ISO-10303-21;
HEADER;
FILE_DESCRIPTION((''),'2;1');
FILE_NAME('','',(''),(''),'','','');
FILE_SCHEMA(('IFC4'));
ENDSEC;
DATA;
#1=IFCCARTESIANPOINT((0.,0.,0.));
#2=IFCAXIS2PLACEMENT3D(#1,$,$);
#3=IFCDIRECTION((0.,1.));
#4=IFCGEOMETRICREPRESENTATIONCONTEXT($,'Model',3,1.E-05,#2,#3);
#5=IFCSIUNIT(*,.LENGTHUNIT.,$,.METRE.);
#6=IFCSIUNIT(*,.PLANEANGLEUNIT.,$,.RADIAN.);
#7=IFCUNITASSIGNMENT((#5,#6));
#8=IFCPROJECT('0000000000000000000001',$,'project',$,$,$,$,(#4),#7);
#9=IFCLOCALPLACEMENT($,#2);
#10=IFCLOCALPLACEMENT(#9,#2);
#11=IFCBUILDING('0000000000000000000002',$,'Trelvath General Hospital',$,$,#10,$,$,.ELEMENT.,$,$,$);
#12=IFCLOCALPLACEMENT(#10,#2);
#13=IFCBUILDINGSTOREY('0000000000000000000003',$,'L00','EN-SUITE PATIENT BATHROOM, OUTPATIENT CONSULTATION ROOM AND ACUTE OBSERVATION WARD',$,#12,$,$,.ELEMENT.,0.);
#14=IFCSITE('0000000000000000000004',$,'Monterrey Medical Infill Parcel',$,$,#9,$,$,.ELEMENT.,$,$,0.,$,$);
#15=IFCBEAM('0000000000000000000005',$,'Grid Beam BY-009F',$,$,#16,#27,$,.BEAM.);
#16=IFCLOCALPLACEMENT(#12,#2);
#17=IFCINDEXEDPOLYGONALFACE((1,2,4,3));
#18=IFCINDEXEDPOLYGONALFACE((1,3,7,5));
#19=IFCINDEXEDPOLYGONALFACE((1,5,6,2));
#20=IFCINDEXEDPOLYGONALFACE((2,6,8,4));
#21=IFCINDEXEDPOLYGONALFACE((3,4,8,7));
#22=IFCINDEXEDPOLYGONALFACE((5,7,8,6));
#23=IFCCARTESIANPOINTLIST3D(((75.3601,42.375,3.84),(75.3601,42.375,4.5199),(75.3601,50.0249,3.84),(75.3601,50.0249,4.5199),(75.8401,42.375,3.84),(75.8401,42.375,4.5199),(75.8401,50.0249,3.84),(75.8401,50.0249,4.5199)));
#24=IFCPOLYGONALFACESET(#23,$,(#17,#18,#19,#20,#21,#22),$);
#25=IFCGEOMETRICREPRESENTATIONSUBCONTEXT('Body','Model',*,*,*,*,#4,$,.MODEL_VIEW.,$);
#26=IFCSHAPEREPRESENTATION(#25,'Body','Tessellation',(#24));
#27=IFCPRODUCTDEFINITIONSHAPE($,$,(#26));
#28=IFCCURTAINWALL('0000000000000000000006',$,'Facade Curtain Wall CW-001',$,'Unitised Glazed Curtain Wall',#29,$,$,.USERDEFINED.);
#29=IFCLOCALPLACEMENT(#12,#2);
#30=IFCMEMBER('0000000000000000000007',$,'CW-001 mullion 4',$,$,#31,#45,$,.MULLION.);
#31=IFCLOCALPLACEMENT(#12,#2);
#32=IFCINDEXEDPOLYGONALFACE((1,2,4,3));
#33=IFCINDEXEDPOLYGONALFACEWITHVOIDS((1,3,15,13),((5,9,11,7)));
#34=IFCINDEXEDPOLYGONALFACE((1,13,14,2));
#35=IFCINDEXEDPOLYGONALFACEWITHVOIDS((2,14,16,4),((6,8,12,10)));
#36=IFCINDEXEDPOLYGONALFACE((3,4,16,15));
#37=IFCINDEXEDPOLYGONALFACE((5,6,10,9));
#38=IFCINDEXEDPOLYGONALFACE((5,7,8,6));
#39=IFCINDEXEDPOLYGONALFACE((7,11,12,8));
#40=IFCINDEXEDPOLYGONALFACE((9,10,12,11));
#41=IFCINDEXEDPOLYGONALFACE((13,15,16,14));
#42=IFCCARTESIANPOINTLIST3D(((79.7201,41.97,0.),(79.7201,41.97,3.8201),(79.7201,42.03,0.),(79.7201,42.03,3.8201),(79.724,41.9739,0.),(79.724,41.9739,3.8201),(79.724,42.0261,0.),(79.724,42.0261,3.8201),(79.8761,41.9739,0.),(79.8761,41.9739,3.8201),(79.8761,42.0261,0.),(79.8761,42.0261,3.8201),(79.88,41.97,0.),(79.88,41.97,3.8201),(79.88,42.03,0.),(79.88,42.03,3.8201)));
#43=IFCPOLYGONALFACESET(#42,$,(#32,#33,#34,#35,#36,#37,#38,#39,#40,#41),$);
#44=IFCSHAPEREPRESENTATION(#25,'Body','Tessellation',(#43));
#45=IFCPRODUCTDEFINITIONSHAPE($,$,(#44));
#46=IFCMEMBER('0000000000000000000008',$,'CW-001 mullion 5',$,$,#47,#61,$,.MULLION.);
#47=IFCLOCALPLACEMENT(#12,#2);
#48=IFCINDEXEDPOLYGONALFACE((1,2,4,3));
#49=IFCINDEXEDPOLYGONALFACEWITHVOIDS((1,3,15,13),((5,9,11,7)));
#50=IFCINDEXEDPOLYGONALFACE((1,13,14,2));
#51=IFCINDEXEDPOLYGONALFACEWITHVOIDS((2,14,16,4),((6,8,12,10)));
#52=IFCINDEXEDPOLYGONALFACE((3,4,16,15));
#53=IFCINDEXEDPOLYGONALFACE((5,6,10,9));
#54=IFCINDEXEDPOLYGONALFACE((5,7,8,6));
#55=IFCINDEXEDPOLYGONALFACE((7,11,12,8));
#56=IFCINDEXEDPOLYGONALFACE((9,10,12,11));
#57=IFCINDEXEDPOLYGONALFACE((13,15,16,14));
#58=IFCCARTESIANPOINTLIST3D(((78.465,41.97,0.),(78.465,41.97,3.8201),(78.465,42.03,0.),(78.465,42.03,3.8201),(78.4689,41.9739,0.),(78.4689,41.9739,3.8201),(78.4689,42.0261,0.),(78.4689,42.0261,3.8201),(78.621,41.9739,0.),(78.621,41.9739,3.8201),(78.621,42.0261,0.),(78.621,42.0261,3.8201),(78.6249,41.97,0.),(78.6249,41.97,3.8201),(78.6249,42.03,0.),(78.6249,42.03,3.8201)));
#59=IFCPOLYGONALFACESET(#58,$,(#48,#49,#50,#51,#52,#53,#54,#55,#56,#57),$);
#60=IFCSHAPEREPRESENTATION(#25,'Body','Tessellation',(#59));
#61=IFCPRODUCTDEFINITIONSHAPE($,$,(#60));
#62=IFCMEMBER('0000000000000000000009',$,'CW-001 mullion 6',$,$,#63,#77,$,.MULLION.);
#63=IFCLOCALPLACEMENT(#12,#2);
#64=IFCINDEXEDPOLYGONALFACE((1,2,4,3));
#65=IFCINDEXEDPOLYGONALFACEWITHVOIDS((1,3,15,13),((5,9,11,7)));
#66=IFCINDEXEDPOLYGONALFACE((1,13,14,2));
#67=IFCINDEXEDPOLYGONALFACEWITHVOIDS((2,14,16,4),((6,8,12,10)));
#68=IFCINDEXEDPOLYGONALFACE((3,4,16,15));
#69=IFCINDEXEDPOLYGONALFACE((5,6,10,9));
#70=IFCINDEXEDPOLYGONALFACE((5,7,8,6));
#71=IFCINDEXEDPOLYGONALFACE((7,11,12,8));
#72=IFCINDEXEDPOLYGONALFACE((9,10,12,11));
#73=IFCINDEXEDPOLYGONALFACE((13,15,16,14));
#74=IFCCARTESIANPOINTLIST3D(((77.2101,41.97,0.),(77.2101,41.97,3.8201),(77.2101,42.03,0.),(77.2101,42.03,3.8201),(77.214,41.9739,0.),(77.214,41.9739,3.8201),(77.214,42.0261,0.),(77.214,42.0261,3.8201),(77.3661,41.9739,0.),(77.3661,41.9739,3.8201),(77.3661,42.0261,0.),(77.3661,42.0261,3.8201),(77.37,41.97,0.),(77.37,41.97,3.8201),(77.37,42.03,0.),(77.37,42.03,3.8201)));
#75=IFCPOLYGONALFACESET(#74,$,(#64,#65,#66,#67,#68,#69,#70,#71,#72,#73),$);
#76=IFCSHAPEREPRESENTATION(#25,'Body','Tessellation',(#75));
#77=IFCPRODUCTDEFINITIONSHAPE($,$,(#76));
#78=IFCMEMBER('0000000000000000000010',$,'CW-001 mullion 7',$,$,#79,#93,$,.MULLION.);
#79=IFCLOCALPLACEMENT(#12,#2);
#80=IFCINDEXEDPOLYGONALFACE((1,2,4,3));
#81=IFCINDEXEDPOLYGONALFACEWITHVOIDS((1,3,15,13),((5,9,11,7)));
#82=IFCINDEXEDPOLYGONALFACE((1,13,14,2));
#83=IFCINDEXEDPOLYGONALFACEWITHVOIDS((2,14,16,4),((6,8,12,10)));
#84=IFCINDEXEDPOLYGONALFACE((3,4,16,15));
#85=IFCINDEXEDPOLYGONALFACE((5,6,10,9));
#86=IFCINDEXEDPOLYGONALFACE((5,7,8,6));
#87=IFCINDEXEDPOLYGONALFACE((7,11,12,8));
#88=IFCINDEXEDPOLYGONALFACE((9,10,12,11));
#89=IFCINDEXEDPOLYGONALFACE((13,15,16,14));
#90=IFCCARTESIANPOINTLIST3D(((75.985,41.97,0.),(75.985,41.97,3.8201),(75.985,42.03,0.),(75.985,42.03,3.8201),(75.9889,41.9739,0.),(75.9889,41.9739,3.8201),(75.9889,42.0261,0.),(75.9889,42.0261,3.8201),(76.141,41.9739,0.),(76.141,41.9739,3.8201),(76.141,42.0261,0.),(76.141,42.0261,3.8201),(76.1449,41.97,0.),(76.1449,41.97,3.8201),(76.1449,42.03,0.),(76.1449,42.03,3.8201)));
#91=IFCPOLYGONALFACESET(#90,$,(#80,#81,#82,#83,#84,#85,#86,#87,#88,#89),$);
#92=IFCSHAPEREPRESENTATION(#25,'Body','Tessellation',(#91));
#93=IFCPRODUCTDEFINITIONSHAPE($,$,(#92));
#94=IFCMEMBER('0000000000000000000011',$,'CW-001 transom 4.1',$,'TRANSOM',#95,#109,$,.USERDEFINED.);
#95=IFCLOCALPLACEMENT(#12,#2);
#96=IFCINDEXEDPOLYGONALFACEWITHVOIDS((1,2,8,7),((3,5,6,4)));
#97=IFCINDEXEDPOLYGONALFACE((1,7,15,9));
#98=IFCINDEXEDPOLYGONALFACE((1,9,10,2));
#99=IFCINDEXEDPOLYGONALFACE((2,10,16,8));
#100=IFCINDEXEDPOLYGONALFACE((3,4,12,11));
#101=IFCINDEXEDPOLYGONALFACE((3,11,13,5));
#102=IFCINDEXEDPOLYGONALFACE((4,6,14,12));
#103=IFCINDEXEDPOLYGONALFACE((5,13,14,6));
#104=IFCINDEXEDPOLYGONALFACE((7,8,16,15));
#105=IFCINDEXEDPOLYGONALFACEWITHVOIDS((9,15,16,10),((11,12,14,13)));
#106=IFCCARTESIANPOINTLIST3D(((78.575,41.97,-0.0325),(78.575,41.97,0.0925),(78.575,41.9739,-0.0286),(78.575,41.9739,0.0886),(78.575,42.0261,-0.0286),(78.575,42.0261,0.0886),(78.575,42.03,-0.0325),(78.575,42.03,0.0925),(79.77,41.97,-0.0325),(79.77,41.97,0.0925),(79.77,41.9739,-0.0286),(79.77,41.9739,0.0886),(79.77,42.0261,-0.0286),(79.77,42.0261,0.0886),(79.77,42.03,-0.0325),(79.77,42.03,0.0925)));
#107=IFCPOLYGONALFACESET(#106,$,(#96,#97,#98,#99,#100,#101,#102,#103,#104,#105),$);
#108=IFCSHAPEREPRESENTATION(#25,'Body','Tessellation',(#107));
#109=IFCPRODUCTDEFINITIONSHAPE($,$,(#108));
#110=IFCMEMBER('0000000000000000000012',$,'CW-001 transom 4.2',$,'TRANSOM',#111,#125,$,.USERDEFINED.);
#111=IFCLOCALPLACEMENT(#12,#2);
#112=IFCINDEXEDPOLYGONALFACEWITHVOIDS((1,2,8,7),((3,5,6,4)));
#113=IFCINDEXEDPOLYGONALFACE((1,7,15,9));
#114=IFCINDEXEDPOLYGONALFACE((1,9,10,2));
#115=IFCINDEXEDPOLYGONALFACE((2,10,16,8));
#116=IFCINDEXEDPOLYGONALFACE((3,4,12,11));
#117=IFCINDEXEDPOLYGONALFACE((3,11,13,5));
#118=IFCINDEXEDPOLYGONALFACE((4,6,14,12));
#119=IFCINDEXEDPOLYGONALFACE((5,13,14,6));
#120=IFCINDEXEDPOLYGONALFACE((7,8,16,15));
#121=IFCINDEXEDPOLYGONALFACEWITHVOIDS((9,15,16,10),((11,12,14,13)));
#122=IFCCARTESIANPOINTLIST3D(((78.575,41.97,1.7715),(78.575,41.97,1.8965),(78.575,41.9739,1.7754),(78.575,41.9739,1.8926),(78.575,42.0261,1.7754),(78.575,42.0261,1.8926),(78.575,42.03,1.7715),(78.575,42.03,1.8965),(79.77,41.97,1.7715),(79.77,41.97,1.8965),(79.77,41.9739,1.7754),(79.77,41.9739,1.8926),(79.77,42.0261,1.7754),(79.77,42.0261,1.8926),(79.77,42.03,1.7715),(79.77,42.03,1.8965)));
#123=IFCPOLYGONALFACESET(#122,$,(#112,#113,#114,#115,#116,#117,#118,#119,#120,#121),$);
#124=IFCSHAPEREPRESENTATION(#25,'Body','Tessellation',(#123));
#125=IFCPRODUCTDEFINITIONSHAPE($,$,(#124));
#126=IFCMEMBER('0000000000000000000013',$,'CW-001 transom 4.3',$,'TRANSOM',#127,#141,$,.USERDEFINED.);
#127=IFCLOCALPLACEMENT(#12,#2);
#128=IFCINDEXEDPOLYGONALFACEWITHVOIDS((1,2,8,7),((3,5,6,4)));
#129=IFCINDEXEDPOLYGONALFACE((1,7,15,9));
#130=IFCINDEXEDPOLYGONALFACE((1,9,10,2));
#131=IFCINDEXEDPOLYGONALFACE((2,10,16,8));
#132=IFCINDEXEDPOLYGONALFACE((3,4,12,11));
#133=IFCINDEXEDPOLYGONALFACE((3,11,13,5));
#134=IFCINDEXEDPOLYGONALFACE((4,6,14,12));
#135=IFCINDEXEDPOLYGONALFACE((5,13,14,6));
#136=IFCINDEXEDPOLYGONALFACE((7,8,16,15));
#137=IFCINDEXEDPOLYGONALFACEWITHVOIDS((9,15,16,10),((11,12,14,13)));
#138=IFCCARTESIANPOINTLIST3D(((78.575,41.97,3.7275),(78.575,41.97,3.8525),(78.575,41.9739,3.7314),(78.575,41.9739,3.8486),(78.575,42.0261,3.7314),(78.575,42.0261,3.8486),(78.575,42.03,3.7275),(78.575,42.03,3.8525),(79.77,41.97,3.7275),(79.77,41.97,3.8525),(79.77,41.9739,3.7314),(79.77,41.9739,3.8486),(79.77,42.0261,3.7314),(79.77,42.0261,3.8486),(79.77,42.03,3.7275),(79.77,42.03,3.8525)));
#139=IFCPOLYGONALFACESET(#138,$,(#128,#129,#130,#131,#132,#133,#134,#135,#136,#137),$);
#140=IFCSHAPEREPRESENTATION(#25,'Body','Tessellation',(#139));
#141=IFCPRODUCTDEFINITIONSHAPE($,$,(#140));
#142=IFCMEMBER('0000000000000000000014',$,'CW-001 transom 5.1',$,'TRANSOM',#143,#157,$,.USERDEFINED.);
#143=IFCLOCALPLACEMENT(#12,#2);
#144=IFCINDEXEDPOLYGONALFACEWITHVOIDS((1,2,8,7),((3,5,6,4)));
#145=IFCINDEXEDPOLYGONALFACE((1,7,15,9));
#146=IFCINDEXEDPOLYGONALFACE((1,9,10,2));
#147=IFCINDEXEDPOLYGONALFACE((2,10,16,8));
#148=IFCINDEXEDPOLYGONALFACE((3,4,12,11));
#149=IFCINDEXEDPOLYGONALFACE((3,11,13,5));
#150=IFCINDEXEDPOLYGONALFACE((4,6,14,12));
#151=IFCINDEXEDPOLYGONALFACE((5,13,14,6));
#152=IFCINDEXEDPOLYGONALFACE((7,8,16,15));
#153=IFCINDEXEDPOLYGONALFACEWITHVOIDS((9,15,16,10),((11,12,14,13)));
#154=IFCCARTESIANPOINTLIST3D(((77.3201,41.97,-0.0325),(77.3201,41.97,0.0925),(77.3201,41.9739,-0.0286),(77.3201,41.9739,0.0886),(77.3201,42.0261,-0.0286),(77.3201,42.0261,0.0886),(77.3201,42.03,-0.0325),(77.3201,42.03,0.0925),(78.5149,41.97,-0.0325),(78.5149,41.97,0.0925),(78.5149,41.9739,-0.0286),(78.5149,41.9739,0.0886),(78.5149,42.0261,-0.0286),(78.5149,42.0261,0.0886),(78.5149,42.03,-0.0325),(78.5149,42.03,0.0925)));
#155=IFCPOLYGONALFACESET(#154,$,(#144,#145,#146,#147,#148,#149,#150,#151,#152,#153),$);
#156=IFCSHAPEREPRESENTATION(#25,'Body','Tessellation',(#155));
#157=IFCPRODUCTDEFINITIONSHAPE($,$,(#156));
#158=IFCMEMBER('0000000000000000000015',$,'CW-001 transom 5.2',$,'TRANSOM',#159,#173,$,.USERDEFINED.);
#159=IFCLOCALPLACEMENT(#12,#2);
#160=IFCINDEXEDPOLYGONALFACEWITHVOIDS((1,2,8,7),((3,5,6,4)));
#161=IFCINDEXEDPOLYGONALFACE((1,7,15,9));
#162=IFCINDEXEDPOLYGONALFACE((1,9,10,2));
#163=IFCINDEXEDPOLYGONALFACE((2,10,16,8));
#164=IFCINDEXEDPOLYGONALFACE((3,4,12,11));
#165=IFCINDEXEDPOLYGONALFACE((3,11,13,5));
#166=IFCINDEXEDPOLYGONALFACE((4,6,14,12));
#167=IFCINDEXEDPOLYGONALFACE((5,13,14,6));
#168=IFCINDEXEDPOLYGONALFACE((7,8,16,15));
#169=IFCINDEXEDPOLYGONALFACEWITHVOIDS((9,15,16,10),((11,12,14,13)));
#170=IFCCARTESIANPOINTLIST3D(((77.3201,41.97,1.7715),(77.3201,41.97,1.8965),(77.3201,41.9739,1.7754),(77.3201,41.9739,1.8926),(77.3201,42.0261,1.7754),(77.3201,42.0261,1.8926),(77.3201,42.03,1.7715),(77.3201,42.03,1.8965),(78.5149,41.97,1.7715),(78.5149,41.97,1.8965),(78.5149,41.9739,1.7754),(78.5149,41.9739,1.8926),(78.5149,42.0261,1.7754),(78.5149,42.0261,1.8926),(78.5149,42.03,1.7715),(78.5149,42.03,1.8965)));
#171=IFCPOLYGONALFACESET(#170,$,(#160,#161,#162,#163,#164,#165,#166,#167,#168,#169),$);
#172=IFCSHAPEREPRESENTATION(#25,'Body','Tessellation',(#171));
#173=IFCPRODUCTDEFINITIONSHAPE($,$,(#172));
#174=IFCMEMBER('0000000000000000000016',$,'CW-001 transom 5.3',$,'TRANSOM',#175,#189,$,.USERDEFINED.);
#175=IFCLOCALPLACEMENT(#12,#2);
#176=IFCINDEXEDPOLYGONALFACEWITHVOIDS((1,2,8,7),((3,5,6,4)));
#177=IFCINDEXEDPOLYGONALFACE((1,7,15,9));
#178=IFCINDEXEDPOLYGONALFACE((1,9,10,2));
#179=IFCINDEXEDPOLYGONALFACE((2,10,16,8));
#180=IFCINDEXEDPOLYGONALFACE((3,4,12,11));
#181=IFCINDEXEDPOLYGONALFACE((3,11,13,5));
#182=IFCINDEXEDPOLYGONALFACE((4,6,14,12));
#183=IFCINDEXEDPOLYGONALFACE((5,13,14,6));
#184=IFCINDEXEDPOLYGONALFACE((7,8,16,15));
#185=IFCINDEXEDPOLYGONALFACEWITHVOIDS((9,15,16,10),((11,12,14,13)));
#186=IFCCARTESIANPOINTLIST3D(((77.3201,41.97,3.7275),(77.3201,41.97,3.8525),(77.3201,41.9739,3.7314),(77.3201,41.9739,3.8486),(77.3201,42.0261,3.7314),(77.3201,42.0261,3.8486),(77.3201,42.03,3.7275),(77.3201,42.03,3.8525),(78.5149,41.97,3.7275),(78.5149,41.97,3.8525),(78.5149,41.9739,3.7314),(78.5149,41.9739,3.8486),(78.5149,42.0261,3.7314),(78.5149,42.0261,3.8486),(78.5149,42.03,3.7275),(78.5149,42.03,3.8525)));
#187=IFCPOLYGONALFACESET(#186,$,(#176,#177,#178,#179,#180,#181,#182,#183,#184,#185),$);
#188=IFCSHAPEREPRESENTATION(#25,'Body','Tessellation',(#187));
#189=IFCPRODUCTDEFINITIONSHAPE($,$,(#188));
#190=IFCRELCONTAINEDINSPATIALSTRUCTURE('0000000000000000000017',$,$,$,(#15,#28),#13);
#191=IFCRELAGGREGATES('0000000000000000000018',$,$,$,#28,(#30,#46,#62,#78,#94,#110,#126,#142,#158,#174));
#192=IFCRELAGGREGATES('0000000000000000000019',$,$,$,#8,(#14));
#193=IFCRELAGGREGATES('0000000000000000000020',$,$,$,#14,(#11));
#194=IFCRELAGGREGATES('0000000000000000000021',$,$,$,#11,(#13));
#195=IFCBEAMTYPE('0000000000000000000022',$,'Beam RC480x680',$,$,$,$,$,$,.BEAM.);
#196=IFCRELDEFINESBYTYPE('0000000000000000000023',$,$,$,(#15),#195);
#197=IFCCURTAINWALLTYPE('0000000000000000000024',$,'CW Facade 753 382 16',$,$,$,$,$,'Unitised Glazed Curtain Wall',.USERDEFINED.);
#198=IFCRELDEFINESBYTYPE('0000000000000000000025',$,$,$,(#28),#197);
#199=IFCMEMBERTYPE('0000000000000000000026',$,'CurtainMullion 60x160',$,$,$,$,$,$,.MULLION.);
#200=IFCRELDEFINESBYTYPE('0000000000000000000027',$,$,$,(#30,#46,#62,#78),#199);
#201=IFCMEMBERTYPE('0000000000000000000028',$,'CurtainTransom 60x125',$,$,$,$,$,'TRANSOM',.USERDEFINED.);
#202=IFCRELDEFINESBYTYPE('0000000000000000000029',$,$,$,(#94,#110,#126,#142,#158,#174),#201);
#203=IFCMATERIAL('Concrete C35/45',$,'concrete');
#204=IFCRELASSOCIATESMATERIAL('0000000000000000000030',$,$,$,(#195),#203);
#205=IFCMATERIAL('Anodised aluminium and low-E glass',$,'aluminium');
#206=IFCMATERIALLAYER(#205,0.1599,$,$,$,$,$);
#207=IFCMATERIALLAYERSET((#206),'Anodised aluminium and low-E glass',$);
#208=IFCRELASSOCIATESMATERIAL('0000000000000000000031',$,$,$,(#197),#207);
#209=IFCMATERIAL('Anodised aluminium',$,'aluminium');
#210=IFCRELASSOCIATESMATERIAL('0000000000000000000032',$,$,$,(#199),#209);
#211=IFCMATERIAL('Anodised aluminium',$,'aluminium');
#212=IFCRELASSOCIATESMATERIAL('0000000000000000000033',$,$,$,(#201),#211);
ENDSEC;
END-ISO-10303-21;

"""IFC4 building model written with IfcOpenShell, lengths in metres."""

from ifc_helpers import new_model, si_unit, direction, frame, origin, origin_2d, place, context, subcontext, project, spatial, rectangle, hollow_rectangle, extrude, material, layer, layer_set, material_profile, profile_set, type_object, element, aggregate, save


model = new_model("IFC4")

# Units and contexts
model_context = context("Model", 3, precision=1e-05, world=origin(), true_north=direction((0.0, 1.0)))
body_context = subcontext(model_context, "Body", "Model", "MODEL_VIEW")
ifc_project = project(units=[si_unit("LENGTHUNIT", "METRE"), si_unit("PLANEANGLEUNIT", "RADIAN")], contexts=[model_context])

# Site, building, storey
site_placement = place(None, origin())
site = spatial("IfcSite", under=ifc_project, at=site_placement, Name="Monterrey Medical Infill Parcel", CompositionType="ELEMENT", RefElevation=0.0)
building_placement = place(site_placement, origin())
building = spatial("IfcBuilding", under=site, at=building_placement, Name="Trelvath General Hospital", CompositionType="ELEMENT")
storey_placement = place(building_placement, origin())
storey = spatial("IfcBuildingStorey", under=building, at=storey_placement, Name="L00", Description="EN-SUITE PATIENT BATHROOM, OUTPATIENT CONSULTATION ROOM AND ACUTE OBSERVATION WARD", CompositionType="ELEMENT", Elevation=0.0)

# Beam
ifc_material_1 = material(Name="Concrete C35/45", Category="concrete")
ifc_material_profile_1 = material_profile(ifc_material_1, rectangle(XDim=0.48, YDim=0.6799, at=origin_2d()), Name="RCB480x680")
ifc_profile_set_1 = profile_set([ifc_material_profile_1], Name="Concrete C35/45")
beam_type = type_object("IfcBeamType", Name="Beam RC480x680", PredefinedType="BEAM", material=ifc_profile_set_1)
beam_placement = place(storey_placement, frame((75.6001, 42.375, 4.1799), z_axis=(0.0, 1.0, 0.0), x_axis=(-1.0, 0.0, 0.0)))
element("IfcBeam", 1, at=beam_placement, inside=storey, type_object=beam_type, Name="Grid Beam BY-009F", PredefinedType="BEAM", context=body_context, shape_type="SweptSolid", body=[
    extrude(rectangle(XDim=0.48, YDim=0.6799, at=origin_2d()), origin(), (0.0, 0.0, 1.0), 7.6499),
])

# Curtain wall, members
ifc_material_2 = material(Name="Anodised aluminium and low-E glass", Category="aluminium")
ifc_layer_1 = layer(ifc_material_2, 0.1599)
ifc_layer_set_1 = layer_set([ifc_layer_1], Name="Anodised aluminium and low-E glass")
curtain_wall_type = type_object("IfcCurtainWallType", Name="CW Facade 753 382 16", ElementType="Unitised Glazed Curtain Wall", PredefinedType="USERDEFINED", material=ifc_layer_set_1)
curtain_wall_placement = place(storey_placement, origin())
curtain_wall = element("IfcCurtainWall", 2, at=curtain_wall_placement, inside=storey, type_object=curtain_wall_type, Name="Facade Curtain Wall CW-001", ObjectType="Unitised Glazed Curtain Wall", PredefinedType="USERDEFINED")
ifc_material_3 = material(Name="Anodised aluminium", Category="aluminium")
ifc_material_profile_2 = material_profile(ifc_material_3, hollow_rectangle(XDim=0.0601, YDim=0.1599, WallThickness=0.0039, at=origin_2d()), Name="RHS60x160x4")
ifc_profile_set_2 = profile_set([ifc_material_profile_2], Name="Anodised aluminium")
member_type_1 = type_object("IfcMemberType", Name="CurtainMullion 60x160", PredefinedType="MULLION", material=ifc_profile_set_2)
member_1_placement = place(storey_placement, frame((79.8, 42.0, 0.0), z_axis=(0.0, 0.0, 1.0), x_axis=(0.0, -1.0, 0.0)))
member_1 = element("IfcMember", 3, at=member_1_placement, type_object=member_type_1, Name="CW-001 mullion 4", PredefinedType="MULLION", context=body_context, shape_type="SweptSolid", body=[
    extrude(hollow_rectangle(XDim=0.0601, YDim=0.1599, WallThickness=0.0039, at=origin_2d()), origin(), (0.0, 0.0, 1.0), 3.8201),
])
member_2_placement = place(storey_placement, frame((78.5449, 42.0, 0.0), z_axis=(0.0, 0.0, 1.0), x_axis=(0.0, -1.0, 0.0)))
member_2 = element("IfcMember", 4, at=member_2_placement, type_object=member_type_1, Name="CW-001 mullion 5", PredefinedType="MULLION", context=body_context, shape_type="SweptSolid", body=[
    extrude(hollow_rectangle(XDim=0.0601, YDim=0.1599, WallThickness=0.0039, at=origin_2d()), origin(), (0.0, 0.0, 1.0), 3.8201),
])
member_3_placement = place(storey_placement, frame((77.29, 42.0, 0.0), z_axis=(0.0, 0.0, 1.0), x_axis=(0.0, -1.0, 0.0)))
member_3 = element("IfcMember", 5, at=member_3_placement, type_object=member_type_1, Name="CW-001 mullion 6", PredefinedType="MULLION", context=body_context, shape_type="SweptSolid", body=[
    extrude(hollow_rectangle(XDim=0.0601, YDim=0.1599, WallThickness=0.0039, at=origin_2d()), origin(), (0.0, 0.0, 1.0), 3.8201),
])
member_4_placement = place(storey_placement, frame((76.0649, 42.0, 0.0), z_axis=(0.0, 0.0, 1.0), x_axis=(0.0, -1.0, 0.0)))
member_4 = element("IfcMember", 6, at=member_4_placement, type_object=member_type_1, Name="CW-001 mullion 7", PredefinedType="MULLION", context=body_context, shape_type="SweptSolid", body=[
    extrude(hollow_rectangle(XDim=0.0601, YDim=0.1599, WallThickness=0.0039, at=origin_2d()), origin(), (0.0, 0.0, 1.0), 3.8201),
])
ifc_material_4 = material(Name="Anodised aluminium", Category="aluminium")
ifc_material_profile_3 = material_profile(ifc_material_4, hollow_rectangle(XDim=0.0601, YDim=0.125, WallThickness=0.0039, at=origin_2d()), Name="RHS60x125x4")
ifc_profile_set_3 = profile_set([ifc_material_profile_3], Name="Anodised aluminium")
member_type_2 = type_object("IfcMemberType", Name="CurtainTransom 60x125", ElementType="TRANSOM", PredefinedType="USERDEFINED", material=ifc_profile_set_3)
member_5_placement = place(storey_placement, frame((79.77, 42.0, 0.03), z_axis=(-1.0, 0.0, 0.0), x_axis=(0.0, -1.0, 0.0)))
member_5 = element("IfcMember", 7, at=member_5_placement, type_object=member_type_2, Name="CW-001 transom 4.1", ObjectType="TRANSOM", PredefinedType="USERDEFINED", context=body_context, shape_type="SweptSolid", body=[
    extrude(hollow_rectangle(XDim=0.0601, YDim=0.125, WallThickness=0.0039, at=origin_2d()), origin(), (0.0, 0.0, 1.0), 1.1951),
])
member_6_placement = place(storey_placement, frame((79.77, 42.0, 1.834), z_axis=(-1.0, 0.0, 0.0), x_axis=(0.0, -1.0, 0.0)))
member_6 = element("IfcMember", 8, at=member_6_placement, type_object=member_type_2, Name="CW-001 transom 4.2", ObjectType="TRANSOM", PredefinedType="USERDEFINED", context=body_context, shape_type="SweptSolid", body=[
    extrude(hollow_rectangle(XDim=0.0601, YDim=0.125, WallThickness=0.0039, at=origin_2d()), origin(), (0.0, 0.0, 1.0), 1.1951),
])
member_7_placement = place(storey_placement, frame((79.77, 42.0, 3.79), z_axis=(-1.0, 0.0, 0.0), x_axis=(0.0, -1.0, 0.0)))
member_7 = element("IfcMember", 9, at=member_7_placement, type_object=member_type_2, Name="CW-001 transom 4.3", ObjectType="TRANSOM", PredefinedType="USERDEFINED", context=body_context, shape_type="SweptSolid", body=[
    extrude(hollow_rectangle(XDim=0.0601, YDim=0.125, WallThickness=0.0039, at=origin_2d()), origin(), (0.0, 0.0, 1.0), 1.1951),
])
member_8_placement = place(storey_placement, frame((78.5149, 42.0, 0.03), z_axis=(-1.0, 0.0, 0.0), x_axis=(0.0, -1.0, 0.0)))
member_8 = element("IfcMember", 10, at=member_8_placement, type_object=member_type_2, Name="CW-001 transom 5.1", ObjectType="TRANSOM", PredefinedType="USERDEFINED", context=body_context, shape_type="SweptSolid", body=[
    extrude(hollow_rectangle(XDim=0.0601, YDim=0.125, WallThickness=0.0039, at=origin_2d()), origin(), (0.0, 0.0, 1.0), 1.1948),
])
member_9_placement = place(storey_placement, frame((78.5149, 42.0, 1.834), z_axis=(-1.0, 0.0, 0.0), x_axis=(0.0, -1.0, 0.0)))
member_9 = element("IfcMember", 11, at=member_9_placement, type_object=member_type_2, Name="CW-001 transom 5.2", ObjectType="TRANSOM", PredefinedType="USERDEFINED", context=body_context, shape_type="SweptSolid", body=[
    extrude(hollow_rectangle(XDim=0.0601, YDim=0.125, WallThickness=0.0039, at=origin_2d()), origin(), (0.0, 0.0, 1.0), 1.1948),
])
member_10_placement = place(storey_placement, frame((78.5149, 42.0, 3.79), z_axis=(-1.0, 0.0, 0.0), x_axis=(0.0, -1.0, 0.0)))
member_10 = element("IfcMember", 12, at=member_10_placement, type_object=member_type_2, Name="CW-001 transom 5.3", ObjectType="TRANSOM", PredefinedType="USERDEFINED", context=body_context, shape_type="SweptSolid", body=[
    extrude(hollow_rectangle(XDim=0.0601, YDim=0.125, WallThickness=0.0039, at=origin_2d()), origin(), (0.0, 0.0, 1.0), 1.1948),
])
aggregate(curtain_wall, [member_1, member_2, member_3, member_4, member_5, member_6, member_7, member_8, member_9, member_10])

save(model, "model.ifc")
